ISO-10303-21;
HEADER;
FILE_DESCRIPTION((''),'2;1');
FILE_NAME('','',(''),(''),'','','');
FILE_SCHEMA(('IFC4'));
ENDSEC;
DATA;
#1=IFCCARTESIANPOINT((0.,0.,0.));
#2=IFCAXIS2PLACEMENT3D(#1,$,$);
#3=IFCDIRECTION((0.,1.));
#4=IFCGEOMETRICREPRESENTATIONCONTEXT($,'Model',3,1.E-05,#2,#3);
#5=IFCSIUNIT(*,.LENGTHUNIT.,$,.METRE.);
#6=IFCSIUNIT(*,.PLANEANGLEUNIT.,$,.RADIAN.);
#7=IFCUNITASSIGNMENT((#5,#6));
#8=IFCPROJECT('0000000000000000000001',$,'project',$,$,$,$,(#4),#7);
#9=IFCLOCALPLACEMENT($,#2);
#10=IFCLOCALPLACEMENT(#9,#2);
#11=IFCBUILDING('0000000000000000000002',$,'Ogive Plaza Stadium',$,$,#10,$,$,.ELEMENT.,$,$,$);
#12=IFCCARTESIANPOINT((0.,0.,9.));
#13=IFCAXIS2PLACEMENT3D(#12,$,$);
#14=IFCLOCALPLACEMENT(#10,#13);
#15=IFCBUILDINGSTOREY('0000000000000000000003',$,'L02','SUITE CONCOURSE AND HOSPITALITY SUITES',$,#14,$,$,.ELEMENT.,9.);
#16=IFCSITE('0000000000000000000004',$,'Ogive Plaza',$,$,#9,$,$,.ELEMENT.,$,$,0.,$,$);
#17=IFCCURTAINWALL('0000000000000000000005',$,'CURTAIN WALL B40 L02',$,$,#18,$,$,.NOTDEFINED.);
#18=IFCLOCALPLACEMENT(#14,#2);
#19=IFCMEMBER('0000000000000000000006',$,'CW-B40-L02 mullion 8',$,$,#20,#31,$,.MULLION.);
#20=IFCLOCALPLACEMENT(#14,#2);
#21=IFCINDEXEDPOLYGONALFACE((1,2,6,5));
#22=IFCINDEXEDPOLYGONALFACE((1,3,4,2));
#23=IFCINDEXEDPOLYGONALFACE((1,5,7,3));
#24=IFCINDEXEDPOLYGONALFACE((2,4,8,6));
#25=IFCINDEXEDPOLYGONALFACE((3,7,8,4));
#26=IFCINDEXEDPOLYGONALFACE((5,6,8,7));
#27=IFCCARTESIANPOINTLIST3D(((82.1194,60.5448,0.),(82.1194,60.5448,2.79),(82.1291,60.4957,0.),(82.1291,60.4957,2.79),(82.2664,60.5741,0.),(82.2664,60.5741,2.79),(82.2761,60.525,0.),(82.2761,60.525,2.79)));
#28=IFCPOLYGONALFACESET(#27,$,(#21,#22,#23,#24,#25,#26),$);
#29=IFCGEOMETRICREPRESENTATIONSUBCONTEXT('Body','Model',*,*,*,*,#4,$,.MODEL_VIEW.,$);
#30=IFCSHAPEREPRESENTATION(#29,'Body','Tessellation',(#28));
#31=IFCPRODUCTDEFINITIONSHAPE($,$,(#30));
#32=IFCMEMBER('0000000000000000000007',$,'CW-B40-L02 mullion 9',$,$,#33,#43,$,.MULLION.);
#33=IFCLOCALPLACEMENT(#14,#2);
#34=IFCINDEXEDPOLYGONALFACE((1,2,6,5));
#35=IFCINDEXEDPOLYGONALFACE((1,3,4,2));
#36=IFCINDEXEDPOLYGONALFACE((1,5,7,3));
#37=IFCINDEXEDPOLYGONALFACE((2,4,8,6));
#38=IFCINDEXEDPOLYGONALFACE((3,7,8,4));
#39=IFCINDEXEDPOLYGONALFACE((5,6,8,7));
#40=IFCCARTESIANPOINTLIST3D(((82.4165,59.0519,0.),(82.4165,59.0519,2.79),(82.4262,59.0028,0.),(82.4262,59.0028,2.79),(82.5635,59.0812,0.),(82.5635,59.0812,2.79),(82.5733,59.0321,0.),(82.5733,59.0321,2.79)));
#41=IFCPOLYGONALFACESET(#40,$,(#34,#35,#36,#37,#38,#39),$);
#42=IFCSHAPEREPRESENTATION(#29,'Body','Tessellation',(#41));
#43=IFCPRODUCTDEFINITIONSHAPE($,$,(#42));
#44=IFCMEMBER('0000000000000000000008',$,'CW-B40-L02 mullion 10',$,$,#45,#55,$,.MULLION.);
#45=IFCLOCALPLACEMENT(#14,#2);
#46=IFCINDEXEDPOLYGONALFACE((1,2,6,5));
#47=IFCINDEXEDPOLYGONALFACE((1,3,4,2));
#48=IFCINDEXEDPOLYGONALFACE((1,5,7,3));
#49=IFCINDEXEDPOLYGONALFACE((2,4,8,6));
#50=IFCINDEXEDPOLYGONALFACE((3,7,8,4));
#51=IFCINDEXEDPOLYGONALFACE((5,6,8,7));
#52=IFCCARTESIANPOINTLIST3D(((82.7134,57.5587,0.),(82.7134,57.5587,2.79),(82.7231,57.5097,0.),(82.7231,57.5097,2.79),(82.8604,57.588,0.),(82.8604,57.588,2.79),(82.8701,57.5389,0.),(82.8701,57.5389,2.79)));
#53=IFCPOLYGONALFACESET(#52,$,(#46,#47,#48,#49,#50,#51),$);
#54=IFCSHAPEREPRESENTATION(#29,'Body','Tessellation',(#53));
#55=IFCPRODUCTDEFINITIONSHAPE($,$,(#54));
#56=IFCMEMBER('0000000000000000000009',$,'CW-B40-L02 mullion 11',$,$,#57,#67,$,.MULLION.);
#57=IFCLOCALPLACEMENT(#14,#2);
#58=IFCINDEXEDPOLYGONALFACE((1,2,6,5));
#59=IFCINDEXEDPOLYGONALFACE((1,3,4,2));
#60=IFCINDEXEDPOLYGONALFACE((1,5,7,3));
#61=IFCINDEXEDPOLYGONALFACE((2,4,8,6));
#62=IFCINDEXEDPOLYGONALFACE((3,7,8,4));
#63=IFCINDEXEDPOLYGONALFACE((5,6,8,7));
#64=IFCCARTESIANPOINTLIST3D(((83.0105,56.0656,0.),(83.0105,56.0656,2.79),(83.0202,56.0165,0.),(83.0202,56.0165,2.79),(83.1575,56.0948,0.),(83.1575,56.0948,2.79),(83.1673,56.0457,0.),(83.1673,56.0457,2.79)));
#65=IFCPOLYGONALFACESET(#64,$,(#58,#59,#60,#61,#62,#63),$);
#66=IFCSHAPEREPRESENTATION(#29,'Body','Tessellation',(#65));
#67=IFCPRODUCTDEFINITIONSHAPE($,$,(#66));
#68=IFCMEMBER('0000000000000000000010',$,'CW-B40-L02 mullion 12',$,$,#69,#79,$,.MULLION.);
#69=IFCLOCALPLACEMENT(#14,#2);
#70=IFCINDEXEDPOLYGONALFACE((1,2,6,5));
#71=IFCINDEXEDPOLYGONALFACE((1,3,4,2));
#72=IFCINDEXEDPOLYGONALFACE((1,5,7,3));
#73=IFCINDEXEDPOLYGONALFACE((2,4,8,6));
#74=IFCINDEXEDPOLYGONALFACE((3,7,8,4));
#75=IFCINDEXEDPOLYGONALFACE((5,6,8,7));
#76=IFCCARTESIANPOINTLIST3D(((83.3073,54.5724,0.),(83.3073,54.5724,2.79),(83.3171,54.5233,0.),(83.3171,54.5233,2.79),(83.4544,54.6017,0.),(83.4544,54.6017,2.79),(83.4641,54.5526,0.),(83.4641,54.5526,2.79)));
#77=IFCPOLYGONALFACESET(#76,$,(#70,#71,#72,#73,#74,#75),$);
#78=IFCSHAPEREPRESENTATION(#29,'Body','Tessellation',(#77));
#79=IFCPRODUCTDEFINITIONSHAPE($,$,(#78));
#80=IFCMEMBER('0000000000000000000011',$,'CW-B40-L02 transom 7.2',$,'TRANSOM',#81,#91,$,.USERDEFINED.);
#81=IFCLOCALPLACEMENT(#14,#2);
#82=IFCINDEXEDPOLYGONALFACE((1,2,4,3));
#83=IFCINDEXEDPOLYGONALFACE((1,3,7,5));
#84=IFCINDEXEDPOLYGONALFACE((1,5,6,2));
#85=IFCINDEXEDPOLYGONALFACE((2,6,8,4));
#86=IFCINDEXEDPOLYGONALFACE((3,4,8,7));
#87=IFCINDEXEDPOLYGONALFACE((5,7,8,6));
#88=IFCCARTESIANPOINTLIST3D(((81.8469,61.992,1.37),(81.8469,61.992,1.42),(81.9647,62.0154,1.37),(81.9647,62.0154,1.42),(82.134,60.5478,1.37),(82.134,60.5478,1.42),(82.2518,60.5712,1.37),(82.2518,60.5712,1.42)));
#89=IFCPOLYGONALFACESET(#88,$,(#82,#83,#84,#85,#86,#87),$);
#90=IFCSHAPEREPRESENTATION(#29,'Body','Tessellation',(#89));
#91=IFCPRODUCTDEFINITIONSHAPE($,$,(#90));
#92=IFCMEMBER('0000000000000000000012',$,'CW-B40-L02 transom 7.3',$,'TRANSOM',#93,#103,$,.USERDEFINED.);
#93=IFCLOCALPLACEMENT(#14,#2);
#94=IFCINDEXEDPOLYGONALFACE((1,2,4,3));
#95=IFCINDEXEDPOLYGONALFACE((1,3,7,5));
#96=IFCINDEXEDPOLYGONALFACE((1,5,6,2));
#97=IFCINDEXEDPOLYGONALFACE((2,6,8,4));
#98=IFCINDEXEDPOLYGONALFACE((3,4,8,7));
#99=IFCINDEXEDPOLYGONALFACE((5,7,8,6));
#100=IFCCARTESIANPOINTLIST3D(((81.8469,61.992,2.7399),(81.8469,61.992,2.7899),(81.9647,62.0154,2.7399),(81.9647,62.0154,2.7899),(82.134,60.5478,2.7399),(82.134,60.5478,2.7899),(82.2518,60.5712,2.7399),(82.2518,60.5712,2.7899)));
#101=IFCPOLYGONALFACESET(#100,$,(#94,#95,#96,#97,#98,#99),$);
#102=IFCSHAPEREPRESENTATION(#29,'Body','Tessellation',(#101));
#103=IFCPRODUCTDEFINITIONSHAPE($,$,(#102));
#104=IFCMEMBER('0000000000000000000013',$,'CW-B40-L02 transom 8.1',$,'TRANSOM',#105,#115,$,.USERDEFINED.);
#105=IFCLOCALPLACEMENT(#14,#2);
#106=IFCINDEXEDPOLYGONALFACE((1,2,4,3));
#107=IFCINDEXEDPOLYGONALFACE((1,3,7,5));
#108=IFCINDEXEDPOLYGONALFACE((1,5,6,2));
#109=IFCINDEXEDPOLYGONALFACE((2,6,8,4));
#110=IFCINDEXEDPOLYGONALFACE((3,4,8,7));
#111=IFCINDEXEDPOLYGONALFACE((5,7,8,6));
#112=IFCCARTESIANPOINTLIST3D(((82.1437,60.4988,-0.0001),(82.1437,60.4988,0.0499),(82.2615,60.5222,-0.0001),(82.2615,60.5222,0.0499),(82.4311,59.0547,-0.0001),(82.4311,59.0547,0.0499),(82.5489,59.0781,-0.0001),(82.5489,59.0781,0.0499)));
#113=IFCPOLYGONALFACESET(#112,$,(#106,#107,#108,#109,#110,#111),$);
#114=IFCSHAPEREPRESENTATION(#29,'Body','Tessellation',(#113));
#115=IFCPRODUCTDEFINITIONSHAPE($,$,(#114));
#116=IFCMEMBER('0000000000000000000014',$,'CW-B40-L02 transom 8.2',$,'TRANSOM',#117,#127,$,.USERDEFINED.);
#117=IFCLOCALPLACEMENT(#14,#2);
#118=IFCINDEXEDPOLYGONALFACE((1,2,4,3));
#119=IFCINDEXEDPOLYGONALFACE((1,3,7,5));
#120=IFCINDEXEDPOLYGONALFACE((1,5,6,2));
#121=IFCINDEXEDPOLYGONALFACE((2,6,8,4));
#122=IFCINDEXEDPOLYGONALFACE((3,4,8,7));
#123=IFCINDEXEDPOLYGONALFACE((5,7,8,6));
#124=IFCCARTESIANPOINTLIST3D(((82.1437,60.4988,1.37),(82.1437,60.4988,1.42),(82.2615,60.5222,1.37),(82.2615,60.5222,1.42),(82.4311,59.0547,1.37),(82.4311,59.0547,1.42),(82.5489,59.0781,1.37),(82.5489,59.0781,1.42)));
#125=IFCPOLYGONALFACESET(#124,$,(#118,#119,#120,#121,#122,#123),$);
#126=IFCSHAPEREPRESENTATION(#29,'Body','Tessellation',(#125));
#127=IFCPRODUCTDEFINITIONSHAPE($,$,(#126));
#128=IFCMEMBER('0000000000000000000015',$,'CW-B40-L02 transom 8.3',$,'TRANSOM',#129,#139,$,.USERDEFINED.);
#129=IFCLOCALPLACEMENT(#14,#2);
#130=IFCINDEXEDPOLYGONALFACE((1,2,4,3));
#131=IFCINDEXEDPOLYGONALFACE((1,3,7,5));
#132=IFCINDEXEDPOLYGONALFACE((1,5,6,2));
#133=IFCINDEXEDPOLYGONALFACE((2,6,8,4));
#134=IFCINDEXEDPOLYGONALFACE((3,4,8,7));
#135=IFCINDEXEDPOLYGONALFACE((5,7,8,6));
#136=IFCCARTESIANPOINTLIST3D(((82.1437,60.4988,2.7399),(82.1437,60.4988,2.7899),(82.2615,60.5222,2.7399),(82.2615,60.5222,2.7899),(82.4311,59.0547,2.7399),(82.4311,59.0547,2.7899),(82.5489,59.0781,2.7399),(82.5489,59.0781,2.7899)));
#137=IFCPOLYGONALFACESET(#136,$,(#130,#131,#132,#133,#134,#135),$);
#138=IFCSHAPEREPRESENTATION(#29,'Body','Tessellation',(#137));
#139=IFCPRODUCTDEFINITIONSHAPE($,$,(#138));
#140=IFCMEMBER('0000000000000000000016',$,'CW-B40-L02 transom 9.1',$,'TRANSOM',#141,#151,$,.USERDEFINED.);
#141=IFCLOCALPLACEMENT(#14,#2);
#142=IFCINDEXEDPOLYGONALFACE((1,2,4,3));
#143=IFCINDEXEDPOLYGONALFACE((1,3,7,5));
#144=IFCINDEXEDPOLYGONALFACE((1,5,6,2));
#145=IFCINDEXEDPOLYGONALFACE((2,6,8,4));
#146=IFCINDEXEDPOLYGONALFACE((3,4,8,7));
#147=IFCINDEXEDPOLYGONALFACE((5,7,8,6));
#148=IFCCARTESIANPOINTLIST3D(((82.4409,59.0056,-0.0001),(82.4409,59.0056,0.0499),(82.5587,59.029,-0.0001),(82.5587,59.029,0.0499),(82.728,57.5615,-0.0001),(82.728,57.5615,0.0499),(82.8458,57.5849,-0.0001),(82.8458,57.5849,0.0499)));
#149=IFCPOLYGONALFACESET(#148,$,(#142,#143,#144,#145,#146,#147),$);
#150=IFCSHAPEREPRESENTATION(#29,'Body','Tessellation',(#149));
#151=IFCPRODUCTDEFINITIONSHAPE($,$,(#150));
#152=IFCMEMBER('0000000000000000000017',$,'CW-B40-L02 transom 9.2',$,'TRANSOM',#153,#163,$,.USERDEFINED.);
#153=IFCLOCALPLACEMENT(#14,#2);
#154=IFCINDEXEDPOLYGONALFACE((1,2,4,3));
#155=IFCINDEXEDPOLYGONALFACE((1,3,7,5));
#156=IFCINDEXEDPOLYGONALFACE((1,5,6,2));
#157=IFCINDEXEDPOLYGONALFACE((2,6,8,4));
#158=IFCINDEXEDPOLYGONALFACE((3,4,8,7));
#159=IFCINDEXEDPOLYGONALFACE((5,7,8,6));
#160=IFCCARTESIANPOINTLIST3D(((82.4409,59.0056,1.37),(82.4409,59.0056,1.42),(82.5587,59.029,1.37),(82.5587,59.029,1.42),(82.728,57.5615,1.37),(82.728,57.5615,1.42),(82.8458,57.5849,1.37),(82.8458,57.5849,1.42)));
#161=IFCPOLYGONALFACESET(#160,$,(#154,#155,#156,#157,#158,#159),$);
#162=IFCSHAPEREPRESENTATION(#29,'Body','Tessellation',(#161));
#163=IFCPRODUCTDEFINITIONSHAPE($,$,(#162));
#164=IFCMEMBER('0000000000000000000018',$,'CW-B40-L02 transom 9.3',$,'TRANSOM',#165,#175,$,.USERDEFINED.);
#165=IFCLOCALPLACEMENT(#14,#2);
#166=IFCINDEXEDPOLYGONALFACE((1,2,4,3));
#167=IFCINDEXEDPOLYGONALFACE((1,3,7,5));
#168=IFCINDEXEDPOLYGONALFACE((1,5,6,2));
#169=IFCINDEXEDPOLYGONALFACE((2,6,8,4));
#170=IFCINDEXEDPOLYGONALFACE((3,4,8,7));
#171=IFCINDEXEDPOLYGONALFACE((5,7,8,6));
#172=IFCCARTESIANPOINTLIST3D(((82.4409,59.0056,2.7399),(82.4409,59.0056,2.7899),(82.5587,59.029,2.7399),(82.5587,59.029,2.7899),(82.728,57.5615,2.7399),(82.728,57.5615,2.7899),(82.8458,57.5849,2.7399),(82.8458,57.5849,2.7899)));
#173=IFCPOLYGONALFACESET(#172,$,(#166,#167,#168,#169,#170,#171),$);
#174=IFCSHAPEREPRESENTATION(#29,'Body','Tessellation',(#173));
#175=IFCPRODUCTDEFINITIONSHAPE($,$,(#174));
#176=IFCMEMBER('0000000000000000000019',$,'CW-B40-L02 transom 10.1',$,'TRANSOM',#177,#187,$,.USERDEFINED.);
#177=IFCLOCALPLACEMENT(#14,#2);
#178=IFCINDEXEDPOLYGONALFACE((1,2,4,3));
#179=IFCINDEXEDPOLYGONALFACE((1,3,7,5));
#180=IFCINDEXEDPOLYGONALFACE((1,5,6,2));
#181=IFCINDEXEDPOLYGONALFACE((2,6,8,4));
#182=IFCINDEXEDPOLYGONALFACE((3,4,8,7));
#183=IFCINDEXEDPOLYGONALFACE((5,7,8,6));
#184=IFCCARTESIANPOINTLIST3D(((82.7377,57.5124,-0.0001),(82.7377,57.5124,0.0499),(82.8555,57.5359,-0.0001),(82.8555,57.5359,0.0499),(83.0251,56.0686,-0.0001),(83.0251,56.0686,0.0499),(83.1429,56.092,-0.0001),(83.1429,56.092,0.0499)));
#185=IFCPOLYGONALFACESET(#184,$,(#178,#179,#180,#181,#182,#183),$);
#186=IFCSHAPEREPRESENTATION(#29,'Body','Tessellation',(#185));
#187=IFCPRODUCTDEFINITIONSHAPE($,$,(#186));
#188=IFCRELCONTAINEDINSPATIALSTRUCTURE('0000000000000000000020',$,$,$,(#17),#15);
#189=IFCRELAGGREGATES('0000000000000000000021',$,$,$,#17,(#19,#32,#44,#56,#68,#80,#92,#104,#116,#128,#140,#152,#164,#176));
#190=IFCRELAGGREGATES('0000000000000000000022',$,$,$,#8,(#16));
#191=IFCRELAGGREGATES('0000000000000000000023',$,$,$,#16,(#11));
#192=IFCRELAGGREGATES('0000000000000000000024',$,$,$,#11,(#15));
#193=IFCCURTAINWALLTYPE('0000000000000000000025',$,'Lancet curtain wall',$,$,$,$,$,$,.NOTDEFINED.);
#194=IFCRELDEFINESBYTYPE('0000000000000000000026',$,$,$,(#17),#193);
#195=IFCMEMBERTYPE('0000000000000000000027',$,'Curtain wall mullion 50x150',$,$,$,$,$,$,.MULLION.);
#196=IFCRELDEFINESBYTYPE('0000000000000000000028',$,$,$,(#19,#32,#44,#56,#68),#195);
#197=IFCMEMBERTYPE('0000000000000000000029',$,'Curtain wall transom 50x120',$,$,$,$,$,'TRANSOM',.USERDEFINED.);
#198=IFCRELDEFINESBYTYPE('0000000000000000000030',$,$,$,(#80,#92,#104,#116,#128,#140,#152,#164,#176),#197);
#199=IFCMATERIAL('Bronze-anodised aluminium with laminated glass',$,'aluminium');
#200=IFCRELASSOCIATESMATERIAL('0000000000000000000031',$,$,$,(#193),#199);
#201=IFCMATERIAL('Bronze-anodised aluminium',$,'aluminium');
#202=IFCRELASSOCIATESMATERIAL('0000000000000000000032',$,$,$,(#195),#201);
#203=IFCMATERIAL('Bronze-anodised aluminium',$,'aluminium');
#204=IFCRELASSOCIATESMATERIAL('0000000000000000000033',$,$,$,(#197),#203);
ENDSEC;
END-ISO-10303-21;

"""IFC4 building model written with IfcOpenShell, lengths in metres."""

from ifc_helpers import new_model, si_unit, direction, frame, origin, origin_2d, place, context, subcontext, project, spatial, rectangle, extrude, material, material_profile, profile_set, type_object, element, aggregate, save


model = new_model("IFC4")

# Units and contexts
model_context = context("Model", 3, precision=1e-05, world=origin(), true_north=direction((0.0, 1.0)))
body_context = subcontext(model_context, "Body", "Model", "MODEL_VIEW")
ifc_project = project(units=[si_unit("LENGTHUNIT", "METRE"), si_unit("PLANEANGLEUNIT", "RADIAN")], contexts=[model_context])

# Site, building, storey
site_placement = place(None, origin())
site = spatial("IfcSite", under=ifc_project, at=site_placement, Name="Ogive Plaza", CompositionType="ELEMENT", RefElevation=0.0)
building_placement = place(site_placement, origin())
building = spatial("IfcBuilding", under=site, at=building_placement, Name="Ogive Plaza Stadium", CompositionType="ELEMENT")
storey_placement = place(building_placement, frame((0.0, 0.0, 9.0)))
storey = spatial("IfcBuildingStorey", under=building, at=storey_placement, Name="L02", Description="SUITE CONCOURSE AND HOSPITALITY SUITES", CompositionType="ELEMENT", Elevation=9.0)

# Curtain wall, members
ifc_material_1 = material(Name="Bronze-anodised aluminium with laminated glass", Category="aluminium")
curtain_wall_type = type_object("IfcCurtainWallType", Name="Lancet curtain wall", PredefinedType="NOTDEFINED", material=ifc_material_1)
curtain_wall_placement = place(storey_placement, origin())
curtain_wall = element("IfcCurtainWall", 1, at=curtain_wall_placement, inside=storey, type_object=curtain_wall_type, Name="CURTAIN WALL B40 L02", PredefinedType="NOTDEFINED")
ifc_material_2 = material(Name="Bronze-anodised aluminium", Category="aluminium")
ifc_material_profile_1 = material_profile(ifc_material_2, rectangle(XDim=0.1499, YDim=0.05, at=origin_2d()), Name="AL 150x50")
ifc_profile_set_1 = profile_set([ifc_material_profile_1], Name="Bronze-anodised aluminium")
member_type_1 = type_object("IfcMemberType", Name="Curtain wall mullion 50x150", PredefinedType="MULLION", material=ifc_profile_set_1)
member_1_placement = place(storey_placement, frame((82.1978, 60.5349, 0.0), z_axis=(0.0, 0.0, 1.0), x_axis=(0.980785, 0.19509, 0.0)))
member_1 = element("IfcMember", 2, at=member_1_placement, type_object=member_type_1, Name="CW-B40-L02 mullion 8", PredefinedType="MULLION", context=body_context, shape_type="SweptSolid", body=[
    extrude(rectangle(XDim=0.1499, YDim=0.05, at=origin_2d()), origin(), (0.0, 0.0, 1.0), 2.79),
])
member_2_placement = place(storey_placement, frame((82.4949, 59.042, 0.0), z_axis=(0.0, 0.0, 1.0), x_axis=(0.980785, 0.19509, 0.0)))
member_2 = element("IfcMember", 3, at=member_2_placement, type_object=member_type_1, Name="CW-B40-L02 mullion 9", PredefinedType="MULLION", context=body_context, shape_type="SweptSolid", body=[
    extrude(rectangle(XDim=0.1499, YDim=0.05, at=origin_2d()), origin(), (0.0, 0.0, 1.0), 2.79),
])
member_3_placement = place(storey_placement, frame((82.7917, 57.5488, 0.0), z_axis=(0.0, 0.0, 1.0), x_axis=(0.980785, 0.19509, 0.0)))
member_3 = element("IfcMember", 4, at=member_3_placement, type_object=member_type_1, Name="CW-B40-L02 mullion 10", PredefinedType="MULLION", context=body_context, shape_type="SweptSolid", body=[
    extrude(rectangle(XDim=0.1499, YDim=0.05, at=origin_2d()), origin(), (0.0, 0.0, 1.0), 2.79),
])
member_4_placement = place(storey_placement, frame((83.0889, 56.0557, 0.0), z_axis=(0.0, 0.0, 1.0), x_axis=(0.980785, 0.19509, 0.0)))
member_4 = element("IfcMember", 5, at=member_4_placement, type_object=member_type_1, Name="CW-B40-L02 mullion 11", PredefinedType="MULLION", context=body_context, shape_type="SweptSolid", body=[
    extrude(rectangle(XDim=0.1499, YDim=0.05, at=origin_2d()), origin(), (0.0, 0.0, 1.0), 2.79),
])
member_5_placement = place(storey_placement, frame((83.3857, 54.5625, 0.0), z_axis=(0.0, 0.0, 1.0), x_axis=(0.980785, 0.19509, 0.0)))
member_5 = element("IfcMember", 6, at=member_5_placement, type_object=member_type_1, Name="CW-B40-L02 mullion 12", PredefinedType="MULLION", context=body_context, shape_type="SweptSolid", body=[
    extrude(rectangle(XDim=0.1499, YDim=0.05, at=origin_2d()), origin(), (0.0, 0.0, 1.0), 2.79),
])
ifc_material_3 = material(Name="Bronze-anodised aluminium", Category="aluminium")
ifc_material_profile_2 = material_profile(ifc_material_3, rectangle(XDim=0.1201, YDim=0.05, at=origin_2d()), Name="AL 120x50")
ifc_profile_set_2 = profile_set([ifc_material_profile_2], Name="Bronze-anodised aluminium")
member_type_2 = type_object("IfcMemberType", Name="Curtain wall transom 50x120", ElementType="TRANSOM", PredefinedType="USERDEFINED", material=ifc_profile_set_2)
member_6_placement = place(storey_placement, frame((81.9058, 62.0037, 1.395), z_axis=(0.195, -0.980803, 0.0), x_axis=(0.980803, 0.195, 0.0)))
member_6 = element("IfcMember", 7, at=member_6_placement, type_object=member_type_2, Name="CW-B40-L02 transom 7.2", ObjectType="TRANSOM", PredefinedType="USERDEFINED", context=body_context, shape_type="SweptSolid", body=[
    extrude(rectangle(XDim=0.1201, YDim=0.05, at=origin_2d()), origin(), (0.0, 0.0, 1.0), 1.4724),
])
member_7_placement = place(storey_placement, frame((81.9058, 62.0037, 2.7649), z_axis=(0.195, -0.980803, 0.0), x_axis=(0.980803, 0.195, 0.0)))
member_7 = element("IfcMember", 8, at=member_7_placement, type_object=member_type_2, Name="CW-B40-L02 transom 7.3", ObjectType="TRANSOM", PredefinedType="USERDEFINED", context=body_context, shape_type="SweptSolid", body=[
    extrude(rectangle(XDim=0.1201, YDim=0.05, at=origin_2d()), origin(), (0.0, 0.0, 1.0), 1.4724),
])
member_8_placement = place(storey_placement, frame((82.2026, 60.5105, 0.0249), z_axis=(0.195159, -0.980772, 0.0), x_axis=(0.980772, 0.195159, 0.0)))
member_8 = element("IfcMember", 9, at=member_8_placement, type_object=member_type_2, Name="CW-B40-L02 transom 8.1", ObjectType="TRANSOM", PredefinedType="USERDEFINED", context=body_context, shape_type="SweptSolid", body=[
    extrude(rectangle(XDim=0.1201, YDim=0.05, at=origin_2d()), origin(), (0.0, 0.0, 1.0), 1.4724),
])
member_9_placement = place(storey_placement, frame((82.2026, 60.5105, 1.395), z_axis=(0.195159, -0.980772, 0.0), x_axis=(0.980772, 0.195159, 0.0)))
member_9 = element("IfcMember", 10, at=member_9_placement, type_object=member_type_2, Name="CW-B40-L02 transom 8.2", ObjectType="TRANSOM", PredefinedType="USERDEFINED", context=body_context, shape_type="SweptSolid", body=[
    extrude(rectangle(XDim=0.1201, YDim=0.05, at=origin_2d()), origin(), (0.0, 0.0, 1.0), 1.4724),
])
member_10_placement = place(storey_placement, frame((82.2026, 60.5105, 2.7649), z_axis=(0.195159, -0.980772, 0.0), x_axis=(0.980772, 0.195159, 0.0)))
member_10 = element("IfcMember", 11, at=member_10_placement, type_object=member_type_2, Name="CW-B40-L02 transom 8.3", ObjectType="TRANSOM", PredefinedType="USERDEFINED", context=body_context, shape_type="SweptSolid", body=[
    extrude(rectangle(XDim=0.1201, YDim=0.05, at=origin_2d()), origin(), (0.0, 0.0, 1.0), 1.4724),
])
member_11_placement = place(storey_placement, frame((82.4998, 59.0173, 0.0249), z_axis=(0.195, -0.980803, 0.0), x_axis=(0.980803, 0.195, 0.0)))
member_11 = element("IfcMember", 12, at=member_11_placement, type_object=member_type_2, Name="CW-B40-L02 transom 9.1", ObjectType="TRANSOM", PredefinedType="USERDEFINED", context=body_context, shape_type="SweptSolid", body=[
    extrude(rectangle(XDim=0.1201, YDim=0.05, at=origin_2d()), origin(), (0.0, 0.0, 1.0), 1.4724),
])
member_12_placement = place(storey_placement, frame((82.4998, 59.0173, 1.395), z_axis=(0.195, -0.980803, 0.0), x_axis=(0.980803, 0.195, 0.0)))
member_12 = element("IfcMember", 13, at=member_12_placement, type_object=member_type_2, Name="CW-B40-L02 transom 9.2", ObjectType="TRANSOM", PredefinedType="USERDEFINED", context=body_context, shape_type="SweptSolid", body=[
    extrude(rectangle(XDim=0.1201, YDim=0.05, at=origin_2d()), origin(), (0.0, 0.0, 1.0), 1.4724),
])
member_13_placement = place(storey_placement, frame((82.4998, 59.0173, 2.7649), z_axis=(0.195, -0.980803, 0.0), x_axis=(0.980803, 0.195, 0.0)))
member_13 = element("IfcMember", 14, at=member_13_placement, type_object=member_type_2, Name="CW-B40-L02 transom 9.3", ObjectType="TRANSOM", PredefinedType="USERDEFINED", context=body_context, shape_type="SweptSolid", body=[
    extrude(rectangle(XDim=0.1201, YDim=0.05, at=origin_2d()), origin(), (0.0, 0.0, 1.0), 1.4724),
])
member_14_placement = place(storey_placement, frame((82.7966, 57.5242, 0.0249), z_axis=(0.195191, -0.980765, 0.0), x_axis=(0.980765, 0.195191, 0.0)))
member_14 = element("IfcMember", 15, at=member_14_placement, type_object=member_type_2, Name="CW-B40-L02 transom 10.1", ObjectType="TRANSOM", PredefinedType="USERDEFINED", context=body_context, shape_type="SweptSolid", body=[
    extrude(rectangle(XDim=0.1201, YDim=0.05, at=origin_2d()), origin(), (0.0, 0.0, 1.0), 1.4722),
])
aggregate(curtain_wall, [member_1, member_2, member_3, member_4, member_5, member_6, member_7, member_8, member_9, member_10, member_11, member_12, member_13, member_14])

save(model, "model.ifc")
